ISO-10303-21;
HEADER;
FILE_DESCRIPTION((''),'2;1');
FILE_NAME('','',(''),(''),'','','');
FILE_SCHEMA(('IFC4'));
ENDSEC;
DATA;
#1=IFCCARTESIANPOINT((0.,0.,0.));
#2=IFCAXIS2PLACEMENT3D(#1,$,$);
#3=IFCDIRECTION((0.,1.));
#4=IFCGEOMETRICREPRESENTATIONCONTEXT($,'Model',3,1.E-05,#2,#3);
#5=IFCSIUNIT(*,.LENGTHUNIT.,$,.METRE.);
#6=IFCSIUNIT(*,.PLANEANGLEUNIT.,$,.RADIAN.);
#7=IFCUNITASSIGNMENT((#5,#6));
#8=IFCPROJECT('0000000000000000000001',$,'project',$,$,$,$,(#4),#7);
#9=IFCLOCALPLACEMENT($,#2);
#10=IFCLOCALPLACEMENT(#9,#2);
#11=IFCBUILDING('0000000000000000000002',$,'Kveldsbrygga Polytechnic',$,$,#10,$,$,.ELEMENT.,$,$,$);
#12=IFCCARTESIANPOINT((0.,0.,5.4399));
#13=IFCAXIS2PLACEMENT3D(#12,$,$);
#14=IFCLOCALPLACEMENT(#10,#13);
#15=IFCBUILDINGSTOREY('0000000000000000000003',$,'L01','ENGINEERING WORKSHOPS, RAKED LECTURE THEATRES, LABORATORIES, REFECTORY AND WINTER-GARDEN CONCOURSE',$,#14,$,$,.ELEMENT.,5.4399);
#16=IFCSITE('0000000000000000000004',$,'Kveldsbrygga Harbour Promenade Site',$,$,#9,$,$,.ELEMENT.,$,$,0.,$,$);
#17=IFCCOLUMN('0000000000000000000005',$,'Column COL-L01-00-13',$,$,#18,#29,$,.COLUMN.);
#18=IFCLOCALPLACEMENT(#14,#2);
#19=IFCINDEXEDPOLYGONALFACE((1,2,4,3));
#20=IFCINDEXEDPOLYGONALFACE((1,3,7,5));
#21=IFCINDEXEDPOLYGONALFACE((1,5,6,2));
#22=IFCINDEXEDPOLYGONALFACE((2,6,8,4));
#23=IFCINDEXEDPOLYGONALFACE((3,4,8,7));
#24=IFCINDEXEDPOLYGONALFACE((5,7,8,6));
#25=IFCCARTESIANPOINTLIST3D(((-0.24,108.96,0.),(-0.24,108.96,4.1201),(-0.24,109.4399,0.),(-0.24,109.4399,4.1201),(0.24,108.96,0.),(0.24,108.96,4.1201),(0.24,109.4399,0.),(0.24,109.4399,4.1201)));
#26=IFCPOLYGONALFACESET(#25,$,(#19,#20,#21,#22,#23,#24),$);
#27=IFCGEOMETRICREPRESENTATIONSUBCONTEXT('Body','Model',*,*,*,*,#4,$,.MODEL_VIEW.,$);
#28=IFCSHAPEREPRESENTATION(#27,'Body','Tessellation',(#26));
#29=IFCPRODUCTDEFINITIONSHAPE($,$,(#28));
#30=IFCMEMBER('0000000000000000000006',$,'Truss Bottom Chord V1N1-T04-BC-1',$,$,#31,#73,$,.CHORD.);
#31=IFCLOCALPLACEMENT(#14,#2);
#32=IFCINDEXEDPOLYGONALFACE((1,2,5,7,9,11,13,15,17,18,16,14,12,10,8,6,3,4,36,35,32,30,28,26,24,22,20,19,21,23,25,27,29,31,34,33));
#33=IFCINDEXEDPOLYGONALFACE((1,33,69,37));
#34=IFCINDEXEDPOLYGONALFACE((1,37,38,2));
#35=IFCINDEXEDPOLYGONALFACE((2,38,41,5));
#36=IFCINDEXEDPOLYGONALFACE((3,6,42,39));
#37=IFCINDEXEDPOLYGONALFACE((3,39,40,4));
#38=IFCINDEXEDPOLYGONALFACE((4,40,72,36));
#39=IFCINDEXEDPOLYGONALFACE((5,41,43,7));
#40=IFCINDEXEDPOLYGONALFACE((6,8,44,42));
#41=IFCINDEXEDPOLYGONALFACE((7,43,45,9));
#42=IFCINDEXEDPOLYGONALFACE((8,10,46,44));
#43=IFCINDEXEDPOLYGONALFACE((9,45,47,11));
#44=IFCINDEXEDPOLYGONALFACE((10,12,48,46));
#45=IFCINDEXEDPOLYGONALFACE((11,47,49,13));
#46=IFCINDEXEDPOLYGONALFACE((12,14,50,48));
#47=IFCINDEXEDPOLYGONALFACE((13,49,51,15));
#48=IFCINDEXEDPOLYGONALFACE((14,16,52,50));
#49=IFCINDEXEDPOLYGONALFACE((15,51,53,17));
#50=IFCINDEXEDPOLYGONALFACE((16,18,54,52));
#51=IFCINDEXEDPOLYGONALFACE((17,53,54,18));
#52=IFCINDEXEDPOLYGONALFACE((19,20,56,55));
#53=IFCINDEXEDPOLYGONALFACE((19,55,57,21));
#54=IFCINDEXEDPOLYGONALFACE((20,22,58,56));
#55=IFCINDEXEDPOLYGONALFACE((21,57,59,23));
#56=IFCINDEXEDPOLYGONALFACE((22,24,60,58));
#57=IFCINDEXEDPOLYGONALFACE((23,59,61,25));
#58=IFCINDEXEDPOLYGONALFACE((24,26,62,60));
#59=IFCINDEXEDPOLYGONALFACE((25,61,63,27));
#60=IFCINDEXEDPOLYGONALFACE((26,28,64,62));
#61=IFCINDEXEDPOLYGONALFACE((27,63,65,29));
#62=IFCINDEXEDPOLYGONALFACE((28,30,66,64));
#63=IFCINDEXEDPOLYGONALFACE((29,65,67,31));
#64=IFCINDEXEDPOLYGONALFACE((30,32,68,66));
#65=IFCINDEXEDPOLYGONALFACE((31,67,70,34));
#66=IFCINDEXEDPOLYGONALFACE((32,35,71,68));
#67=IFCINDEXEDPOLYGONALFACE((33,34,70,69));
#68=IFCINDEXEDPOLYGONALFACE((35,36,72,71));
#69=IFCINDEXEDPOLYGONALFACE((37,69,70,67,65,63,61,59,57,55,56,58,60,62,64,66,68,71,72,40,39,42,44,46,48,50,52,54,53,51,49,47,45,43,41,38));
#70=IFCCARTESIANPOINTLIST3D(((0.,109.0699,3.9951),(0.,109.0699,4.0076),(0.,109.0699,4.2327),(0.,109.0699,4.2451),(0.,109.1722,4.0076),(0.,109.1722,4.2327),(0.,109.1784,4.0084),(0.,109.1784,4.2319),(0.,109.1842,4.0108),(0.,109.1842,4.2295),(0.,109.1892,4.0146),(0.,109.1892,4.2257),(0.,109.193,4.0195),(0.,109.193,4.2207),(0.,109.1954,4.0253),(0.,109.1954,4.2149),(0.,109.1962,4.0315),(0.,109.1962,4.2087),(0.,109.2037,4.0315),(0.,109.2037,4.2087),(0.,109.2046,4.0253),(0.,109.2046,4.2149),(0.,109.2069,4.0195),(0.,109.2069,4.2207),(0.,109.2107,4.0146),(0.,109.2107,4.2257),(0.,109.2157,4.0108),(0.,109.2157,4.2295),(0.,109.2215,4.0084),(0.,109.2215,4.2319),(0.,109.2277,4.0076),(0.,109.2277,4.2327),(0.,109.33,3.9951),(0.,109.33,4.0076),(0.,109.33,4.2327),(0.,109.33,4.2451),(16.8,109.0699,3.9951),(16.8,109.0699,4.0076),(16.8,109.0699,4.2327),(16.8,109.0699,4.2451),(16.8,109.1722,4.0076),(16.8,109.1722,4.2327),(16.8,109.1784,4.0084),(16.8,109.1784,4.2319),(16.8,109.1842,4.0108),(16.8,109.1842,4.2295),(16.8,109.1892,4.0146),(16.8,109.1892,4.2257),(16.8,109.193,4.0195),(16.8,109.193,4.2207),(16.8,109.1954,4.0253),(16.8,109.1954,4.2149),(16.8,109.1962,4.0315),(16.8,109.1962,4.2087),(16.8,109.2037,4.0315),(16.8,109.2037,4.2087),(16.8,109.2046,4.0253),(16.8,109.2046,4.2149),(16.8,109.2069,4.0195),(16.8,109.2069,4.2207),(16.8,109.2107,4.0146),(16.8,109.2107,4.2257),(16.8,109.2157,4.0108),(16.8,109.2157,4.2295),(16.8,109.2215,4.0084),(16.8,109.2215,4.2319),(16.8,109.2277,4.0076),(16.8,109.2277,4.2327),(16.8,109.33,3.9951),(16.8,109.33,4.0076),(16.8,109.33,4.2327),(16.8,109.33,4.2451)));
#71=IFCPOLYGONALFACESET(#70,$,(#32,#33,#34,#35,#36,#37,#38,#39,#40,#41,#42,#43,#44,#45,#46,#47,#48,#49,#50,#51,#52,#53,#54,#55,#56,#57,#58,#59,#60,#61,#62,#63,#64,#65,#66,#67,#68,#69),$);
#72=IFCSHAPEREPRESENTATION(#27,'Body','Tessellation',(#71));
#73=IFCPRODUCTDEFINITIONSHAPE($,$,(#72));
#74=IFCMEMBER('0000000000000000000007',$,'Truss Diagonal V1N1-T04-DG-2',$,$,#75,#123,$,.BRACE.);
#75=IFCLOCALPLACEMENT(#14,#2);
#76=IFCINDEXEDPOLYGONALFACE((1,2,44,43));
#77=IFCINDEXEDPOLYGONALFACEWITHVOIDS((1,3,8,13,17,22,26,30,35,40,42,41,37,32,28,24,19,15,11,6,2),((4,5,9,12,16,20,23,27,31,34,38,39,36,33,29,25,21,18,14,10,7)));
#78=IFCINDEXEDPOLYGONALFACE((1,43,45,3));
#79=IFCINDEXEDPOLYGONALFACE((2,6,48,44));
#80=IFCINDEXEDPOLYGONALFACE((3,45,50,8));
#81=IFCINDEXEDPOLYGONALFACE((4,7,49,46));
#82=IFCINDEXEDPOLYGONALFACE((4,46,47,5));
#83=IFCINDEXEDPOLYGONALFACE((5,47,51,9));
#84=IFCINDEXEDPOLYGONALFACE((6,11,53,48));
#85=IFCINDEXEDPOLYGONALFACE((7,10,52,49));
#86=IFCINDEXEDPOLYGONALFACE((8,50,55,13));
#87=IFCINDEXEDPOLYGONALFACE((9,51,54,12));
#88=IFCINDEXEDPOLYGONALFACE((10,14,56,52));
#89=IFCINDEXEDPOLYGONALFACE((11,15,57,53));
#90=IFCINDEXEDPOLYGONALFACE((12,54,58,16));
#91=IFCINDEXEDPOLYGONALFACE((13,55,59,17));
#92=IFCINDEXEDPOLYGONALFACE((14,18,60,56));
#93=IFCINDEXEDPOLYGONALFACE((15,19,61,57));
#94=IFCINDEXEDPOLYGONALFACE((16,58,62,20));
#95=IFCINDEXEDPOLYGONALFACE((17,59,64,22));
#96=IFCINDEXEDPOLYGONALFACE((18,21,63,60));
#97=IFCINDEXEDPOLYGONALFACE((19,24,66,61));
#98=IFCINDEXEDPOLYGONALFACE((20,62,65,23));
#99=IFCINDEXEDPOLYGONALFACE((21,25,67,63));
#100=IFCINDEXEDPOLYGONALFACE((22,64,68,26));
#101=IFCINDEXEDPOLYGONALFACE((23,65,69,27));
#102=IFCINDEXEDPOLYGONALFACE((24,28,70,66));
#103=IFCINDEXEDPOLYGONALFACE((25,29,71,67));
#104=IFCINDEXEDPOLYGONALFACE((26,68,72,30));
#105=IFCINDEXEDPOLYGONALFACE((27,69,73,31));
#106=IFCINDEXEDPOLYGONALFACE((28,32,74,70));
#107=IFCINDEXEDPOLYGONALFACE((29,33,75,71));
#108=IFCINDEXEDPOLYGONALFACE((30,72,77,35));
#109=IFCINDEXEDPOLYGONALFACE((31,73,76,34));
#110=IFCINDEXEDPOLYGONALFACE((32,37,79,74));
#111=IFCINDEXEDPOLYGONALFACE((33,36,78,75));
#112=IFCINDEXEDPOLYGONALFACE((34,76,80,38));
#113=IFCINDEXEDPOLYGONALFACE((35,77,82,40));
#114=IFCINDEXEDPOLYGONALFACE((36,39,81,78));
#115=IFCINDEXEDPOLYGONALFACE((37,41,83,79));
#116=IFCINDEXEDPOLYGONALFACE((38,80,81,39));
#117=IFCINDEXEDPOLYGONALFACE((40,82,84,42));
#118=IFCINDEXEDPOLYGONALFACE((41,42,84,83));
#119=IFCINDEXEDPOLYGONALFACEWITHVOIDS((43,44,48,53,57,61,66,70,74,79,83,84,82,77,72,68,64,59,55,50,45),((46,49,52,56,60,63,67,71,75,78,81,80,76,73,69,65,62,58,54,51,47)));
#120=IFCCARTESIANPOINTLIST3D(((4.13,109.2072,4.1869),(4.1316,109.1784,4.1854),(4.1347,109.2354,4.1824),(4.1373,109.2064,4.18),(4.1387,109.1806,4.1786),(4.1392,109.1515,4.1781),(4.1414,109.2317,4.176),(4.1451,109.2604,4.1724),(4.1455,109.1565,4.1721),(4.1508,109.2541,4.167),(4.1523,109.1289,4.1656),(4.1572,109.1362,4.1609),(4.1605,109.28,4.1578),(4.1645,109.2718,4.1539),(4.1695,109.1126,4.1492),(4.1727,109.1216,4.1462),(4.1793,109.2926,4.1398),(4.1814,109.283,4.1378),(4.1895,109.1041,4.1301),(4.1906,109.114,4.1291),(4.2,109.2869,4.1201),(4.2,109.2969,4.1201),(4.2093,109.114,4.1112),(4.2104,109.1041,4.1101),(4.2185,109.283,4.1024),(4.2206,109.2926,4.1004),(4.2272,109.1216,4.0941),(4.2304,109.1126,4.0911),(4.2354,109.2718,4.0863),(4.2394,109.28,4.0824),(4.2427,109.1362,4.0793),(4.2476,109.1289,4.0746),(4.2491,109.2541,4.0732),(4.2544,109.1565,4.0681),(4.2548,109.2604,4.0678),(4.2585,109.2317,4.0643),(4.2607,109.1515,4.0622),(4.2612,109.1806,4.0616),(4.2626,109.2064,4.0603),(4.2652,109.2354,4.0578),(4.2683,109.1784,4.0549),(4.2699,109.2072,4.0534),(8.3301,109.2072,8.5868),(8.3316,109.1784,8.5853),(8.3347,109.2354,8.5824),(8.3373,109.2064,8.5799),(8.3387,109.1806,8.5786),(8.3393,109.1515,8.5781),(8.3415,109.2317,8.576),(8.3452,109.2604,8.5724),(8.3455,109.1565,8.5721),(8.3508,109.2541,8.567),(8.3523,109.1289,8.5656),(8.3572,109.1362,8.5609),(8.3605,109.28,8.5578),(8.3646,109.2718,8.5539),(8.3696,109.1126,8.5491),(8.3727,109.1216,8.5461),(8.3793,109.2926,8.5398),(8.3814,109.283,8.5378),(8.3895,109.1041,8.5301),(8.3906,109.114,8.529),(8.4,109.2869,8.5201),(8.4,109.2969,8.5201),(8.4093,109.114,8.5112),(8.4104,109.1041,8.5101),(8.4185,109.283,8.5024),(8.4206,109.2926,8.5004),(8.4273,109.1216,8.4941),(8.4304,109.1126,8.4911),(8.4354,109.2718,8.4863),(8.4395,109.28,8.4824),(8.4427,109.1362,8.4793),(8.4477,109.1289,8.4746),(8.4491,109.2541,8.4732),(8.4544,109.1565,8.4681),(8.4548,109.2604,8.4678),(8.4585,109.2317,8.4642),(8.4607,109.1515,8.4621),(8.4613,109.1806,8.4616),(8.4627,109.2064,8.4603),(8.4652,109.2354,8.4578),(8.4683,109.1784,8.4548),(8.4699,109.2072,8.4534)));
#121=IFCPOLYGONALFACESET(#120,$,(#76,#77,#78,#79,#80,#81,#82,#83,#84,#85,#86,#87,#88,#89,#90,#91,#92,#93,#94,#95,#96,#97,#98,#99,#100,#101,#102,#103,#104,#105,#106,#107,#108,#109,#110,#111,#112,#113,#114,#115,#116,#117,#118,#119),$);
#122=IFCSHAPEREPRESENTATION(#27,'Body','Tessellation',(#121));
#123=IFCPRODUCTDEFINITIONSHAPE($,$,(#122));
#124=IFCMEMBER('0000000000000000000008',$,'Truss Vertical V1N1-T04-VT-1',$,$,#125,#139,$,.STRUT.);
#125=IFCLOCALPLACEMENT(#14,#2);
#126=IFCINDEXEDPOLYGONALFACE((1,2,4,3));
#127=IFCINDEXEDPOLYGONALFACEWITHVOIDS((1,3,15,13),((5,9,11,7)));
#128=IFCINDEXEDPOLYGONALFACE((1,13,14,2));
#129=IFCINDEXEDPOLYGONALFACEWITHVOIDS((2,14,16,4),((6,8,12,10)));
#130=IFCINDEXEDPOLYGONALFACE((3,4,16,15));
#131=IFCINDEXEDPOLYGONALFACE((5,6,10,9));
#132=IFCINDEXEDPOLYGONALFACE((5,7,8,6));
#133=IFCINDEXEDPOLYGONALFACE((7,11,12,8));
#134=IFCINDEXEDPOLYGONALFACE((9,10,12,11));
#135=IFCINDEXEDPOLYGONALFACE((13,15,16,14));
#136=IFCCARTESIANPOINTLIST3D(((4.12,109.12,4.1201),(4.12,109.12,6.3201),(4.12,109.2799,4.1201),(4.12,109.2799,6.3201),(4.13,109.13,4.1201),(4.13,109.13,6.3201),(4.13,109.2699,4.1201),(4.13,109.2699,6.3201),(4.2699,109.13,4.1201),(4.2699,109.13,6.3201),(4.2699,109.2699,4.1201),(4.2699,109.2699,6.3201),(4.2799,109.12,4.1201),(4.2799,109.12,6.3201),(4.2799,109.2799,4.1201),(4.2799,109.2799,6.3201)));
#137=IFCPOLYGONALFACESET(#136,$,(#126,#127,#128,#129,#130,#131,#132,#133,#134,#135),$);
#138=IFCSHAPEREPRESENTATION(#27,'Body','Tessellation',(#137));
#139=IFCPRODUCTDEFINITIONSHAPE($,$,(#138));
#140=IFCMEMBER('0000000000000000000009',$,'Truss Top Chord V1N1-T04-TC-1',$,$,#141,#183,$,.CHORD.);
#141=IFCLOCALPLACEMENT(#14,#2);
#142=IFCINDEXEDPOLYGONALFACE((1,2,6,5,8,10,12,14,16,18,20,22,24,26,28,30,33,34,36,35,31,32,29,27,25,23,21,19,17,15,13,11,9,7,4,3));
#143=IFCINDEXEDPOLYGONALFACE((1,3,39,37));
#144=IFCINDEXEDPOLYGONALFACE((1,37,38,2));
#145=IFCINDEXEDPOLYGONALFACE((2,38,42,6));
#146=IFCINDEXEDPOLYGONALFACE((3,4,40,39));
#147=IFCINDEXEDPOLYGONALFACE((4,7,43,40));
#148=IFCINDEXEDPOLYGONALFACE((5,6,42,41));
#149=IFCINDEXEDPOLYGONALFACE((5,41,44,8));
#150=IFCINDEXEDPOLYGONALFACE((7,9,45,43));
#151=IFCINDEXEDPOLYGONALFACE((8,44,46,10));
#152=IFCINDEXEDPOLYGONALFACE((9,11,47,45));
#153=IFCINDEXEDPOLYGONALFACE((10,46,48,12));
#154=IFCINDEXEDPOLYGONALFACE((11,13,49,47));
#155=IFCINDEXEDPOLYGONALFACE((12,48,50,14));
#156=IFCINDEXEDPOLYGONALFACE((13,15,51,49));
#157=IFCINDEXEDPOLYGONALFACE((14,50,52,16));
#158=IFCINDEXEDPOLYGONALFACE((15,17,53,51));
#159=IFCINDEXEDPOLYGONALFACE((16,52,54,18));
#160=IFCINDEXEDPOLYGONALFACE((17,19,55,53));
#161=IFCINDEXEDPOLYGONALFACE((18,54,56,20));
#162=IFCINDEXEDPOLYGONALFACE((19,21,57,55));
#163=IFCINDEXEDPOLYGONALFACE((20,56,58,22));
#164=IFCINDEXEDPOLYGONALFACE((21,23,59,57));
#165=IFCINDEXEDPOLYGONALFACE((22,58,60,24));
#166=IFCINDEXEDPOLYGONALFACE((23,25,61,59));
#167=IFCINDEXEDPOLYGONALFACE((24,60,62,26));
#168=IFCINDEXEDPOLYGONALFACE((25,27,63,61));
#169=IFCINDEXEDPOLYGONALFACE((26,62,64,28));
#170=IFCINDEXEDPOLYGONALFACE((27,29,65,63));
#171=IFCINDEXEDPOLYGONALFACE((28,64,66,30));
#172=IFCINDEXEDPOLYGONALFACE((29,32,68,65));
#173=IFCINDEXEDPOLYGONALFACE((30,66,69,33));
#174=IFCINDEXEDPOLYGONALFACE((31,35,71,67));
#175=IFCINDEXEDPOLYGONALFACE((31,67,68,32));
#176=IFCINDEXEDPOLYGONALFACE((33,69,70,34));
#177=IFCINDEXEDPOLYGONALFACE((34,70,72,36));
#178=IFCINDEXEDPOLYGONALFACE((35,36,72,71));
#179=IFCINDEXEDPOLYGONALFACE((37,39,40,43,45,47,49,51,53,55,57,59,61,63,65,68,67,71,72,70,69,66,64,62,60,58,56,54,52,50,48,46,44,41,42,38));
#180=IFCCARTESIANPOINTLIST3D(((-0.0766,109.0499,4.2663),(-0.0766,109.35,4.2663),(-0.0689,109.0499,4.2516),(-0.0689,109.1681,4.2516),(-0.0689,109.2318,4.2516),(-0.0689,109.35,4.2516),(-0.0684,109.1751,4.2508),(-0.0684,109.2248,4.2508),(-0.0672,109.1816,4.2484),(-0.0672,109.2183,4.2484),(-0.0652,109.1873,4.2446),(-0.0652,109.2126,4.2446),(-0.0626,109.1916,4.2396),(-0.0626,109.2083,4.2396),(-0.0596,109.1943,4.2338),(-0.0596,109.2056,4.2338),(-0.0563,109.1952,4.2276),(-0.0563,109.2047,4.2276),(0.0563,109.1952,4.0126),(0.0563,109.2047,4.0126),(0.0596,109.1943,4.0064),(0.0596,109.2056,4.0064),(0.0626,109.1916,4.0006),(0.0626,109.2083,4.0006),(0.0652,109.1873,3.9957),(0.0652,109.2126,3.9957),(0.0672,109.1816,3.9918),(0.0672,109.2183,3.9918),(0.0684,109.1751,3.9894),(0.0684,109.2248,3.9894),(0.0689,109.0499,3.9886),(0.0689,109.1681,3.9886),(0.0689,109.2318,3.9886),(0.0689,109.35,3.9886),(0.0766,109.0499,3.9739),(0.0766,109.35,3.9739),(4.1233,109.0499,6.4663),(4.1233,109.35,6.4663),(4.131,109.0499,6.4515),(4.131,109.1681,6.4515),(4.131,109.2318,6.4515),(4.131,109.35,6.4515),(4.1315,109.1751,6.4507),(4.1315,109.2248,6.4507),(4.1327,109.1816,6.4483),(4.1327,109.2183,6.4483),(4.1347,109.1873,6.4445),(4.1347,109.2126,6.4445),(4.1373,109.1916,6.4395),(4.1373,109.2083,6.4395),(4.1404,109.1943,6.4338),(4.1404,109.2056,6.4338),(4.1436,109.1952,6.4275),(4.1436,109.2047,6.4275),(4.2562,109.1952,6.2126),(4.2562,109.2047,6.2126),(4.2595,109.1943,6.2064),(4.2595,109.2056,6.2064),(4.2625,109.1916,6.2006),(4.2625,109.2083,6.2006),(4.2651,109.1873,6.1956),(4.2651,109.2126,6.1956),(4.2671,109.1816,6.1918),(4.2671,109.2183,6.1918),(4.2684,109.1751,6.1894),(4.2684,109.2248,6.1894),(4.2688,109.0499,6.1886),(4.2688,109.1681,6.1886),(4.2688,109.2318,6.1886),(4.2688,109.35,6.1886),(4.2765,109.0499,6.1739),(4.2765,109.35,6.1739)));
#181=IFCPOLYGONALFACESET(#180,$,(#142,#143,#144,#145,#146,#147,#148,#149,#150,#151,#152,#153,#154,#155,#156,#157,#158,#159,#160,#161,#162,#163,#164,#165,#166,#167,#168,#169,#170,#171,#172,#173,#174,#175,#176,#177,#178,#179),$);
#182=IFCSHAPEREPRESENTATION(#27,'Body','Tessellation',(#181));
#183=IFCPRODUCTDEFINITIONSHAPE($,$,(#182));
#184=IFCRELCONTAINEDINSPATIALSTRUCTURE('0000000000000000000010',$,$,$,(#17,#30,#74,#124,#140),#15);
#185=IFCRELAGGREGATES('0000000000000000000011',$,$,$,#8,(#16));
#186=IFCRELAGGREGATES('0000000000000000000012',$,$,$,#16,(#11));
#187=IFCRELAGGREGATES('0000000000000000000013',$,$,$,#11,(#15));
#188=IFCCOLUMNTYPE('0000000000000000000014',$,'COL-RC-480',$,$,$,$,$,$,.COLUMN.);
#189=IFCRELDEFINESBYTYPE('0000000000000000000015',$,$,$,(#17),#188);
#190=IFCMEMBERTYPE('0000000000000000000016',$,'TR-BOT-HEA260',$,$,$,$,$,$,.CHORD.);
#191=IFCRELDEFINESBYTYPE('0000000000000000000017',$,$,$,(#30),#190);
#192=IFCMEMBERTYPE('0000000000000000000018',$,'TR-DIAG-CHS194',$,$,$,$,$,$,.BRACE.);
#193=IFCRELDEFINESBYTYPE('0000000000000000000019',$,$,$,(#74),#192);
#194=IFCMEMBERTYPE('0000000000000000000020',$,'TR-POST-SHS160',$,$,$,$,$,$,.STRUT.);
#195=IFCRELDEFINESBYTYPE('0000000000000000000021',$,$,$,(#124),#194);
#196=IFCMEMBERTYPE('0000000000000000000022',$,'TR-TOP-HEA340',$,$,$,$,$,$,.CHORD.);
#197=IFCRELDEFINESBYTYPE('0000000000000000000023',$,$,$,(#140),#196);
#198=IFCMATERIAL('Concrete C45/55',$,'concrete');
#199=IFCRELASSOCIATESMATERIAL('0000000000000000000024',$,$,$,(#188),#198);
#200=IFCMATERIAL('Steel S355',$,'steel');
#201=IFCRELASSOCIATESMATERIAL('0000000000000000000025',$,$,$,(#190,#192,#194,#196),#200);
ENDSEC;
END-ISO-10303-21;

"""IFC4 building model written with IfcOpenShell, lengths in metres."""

from ifc_helpers import new_model, si_unit, direction, frame, origin, origin_2d, place, context, subcontext, project, spatial, rectangle, hollow_rectangle, hollow_circle, i_section, extrude, material, material_profile, profile_set, type_object, element, save


model = new_model("IFC4")

# Units and contexts
model_context = context("Model", 3, precision=1e-05, world=origin(), true_north=direction((0.0, 1.0)))
body_context = subcontext(model_context, "Body", "Model", "MODEL_VIEW")
ifc_project = project(units=[si_unit("LENGTHUNIT", "METRE"), si_unit("PLANEANGLEUNIT", "RADIAN")], contexts=[model_context])

# Site, building, storey
site_placement = place(None, origin())
site = spatial("IfcSite", under=ifc_project, at=site_placement, Name="Kveldsbrygga Harbour Promenade Site", CompositionType="ELEMENT", RefElevation=0.0)
building_placement = place(site_placement, origin())
building = spatial("IfcBuilding", under=site, at=building_placement, Name="Kveldsbrygga Polytechnic", CompositionType="ELEMENT")
storey_placement = place(building_placement, frame((0.0, 0.0, 5.4399)))
storey = spatial("IfcBuildingStorey", under=building, at=storey_placement, Name="L01", Description="ENGINEERING WORKSHOPS, RAKED LECTURE THEATRES, LABORATORIES, REFECTORY AND WINTER-GARDEN CONCOURSE", CompositionType="ELEMENT", Elevation=5.4399)

# Column
ifc_material_1 = material(Name="Concrete C45/55", Category="concrete")
ifc_material_profile_1 = material_profile(ifc_material_1, rectangle(XDim=0.48, YDim=0.48, at=origin_2d()), Name="RC 480x480")
ifc_profile_set_1 = profile_set([ifc_material_profile_1], Name="Concrete C45/55")
column_type = type_object("IfcColumnType", Name="COL-RC-480", PredefinedType="COLUMN", material=ifc_profile_set_1)
column_placement = place(storey_placement, frame((0.0, 109.2, 0.0), z_axis=(0.0, 0.0, 1.0), x_axis=(1.0, 0.0, 0.0)))
element("IfcColumn", 1, at=column_placement, inside=storey, type_object=column_type, Name="Column COL-L01-00-13", PredefinedType="COLUMN", context=body_context, shape_type="SweptSolid", body=[
    extrude(rectangle(XDim=0.48, YDim=0.48, at=origin_2d()), origin(), (0.0, 0.0, 1.0), 4.1201),
])

# Members
ifc_material_2 = material(Name="Steel S355", Category="steel")
ifc_material_profile_2 = material_profile(ifc_material_2, i_section(OverallWidth=0.26, OverallDepth=0.25, WebThickness=0.0076, FlangeThickness=0.0125, FilletRadius=0.0239, at=origin_2d()), Name="HEA 260")
ifc_profile_set_2 = profile_set([ifc_material_profile_2], Name="Steel S355")
member_type_1 = type_object("IfcMemberType", Name="TR-BOT-HEA260", PredefinedType="CHORD", material=ifc_profile_set_2)
member_1_placement = place(storey_placement, frame((0.0, 109.2, 4.1201), z_axis=(1.0, 0.0, 0.0), x_axis=(0.0, 1.0, 0.0)))
element("IfcMember", 2, at=member_1_placement, inside=storey, type_object=member_type_1, Name="Truss Bottom Chord V1N1-T04-BC-1", PredefinedType="CHORD", context=body_context, shape_type="SweptSolid", body=[
    extrude(i_section(OverallWidth=0.26, OverallDepth=0.25, WebThickness=0.0076, FlangeThickness=0.0125, FilletRadius=0.0239, at=origin_2d()), origin(), (0.0, 0.0, 1.0), 16.8),
])
ifc_material_profile_3 = material_profile(ifc_material_2, hollow_circle(Radius=0.0969, WallThickness=0.01, at=origin_2d()), Name="CHS 193.7x10.0")
ifc_profile_set_3 = profile_set([ifc_material_profile_3], Name="Steel S355")
member_type_2 = type_object("IfcMemberType", Name="TR-DIAG-CHS194", PredefinedType="BRACE", material=ifc_profile_set_3)
member_2_placement = place(storey_placement, frame((4.2, 109.2, 4.1201), z_axis=(0.69048, 0.0, 0.723352), x_axis=(0.0, 1.0, 0.0)))
element("IfcMember", 3, at=member_2_placement, inside=storey, type_object=member_type_2, Name="Truss Diagonal V1N1-T04-DG-2", PredefinedType="BRACE", context=body_context, shape_type="SweptSolid", body=[
    extrude(hollow_circle(Radius=0.0969, WallThickness=0.01, at=origin_2d()), origin(), (0.0, 0.0, 1.0), 6.0828),
])
ifc_material_profile_4 = material_profile(ifc_material_2, hollow_rectangle(XDim=0.1599, YDim=0.1599, WallThickness=0.01, at=origin_2d()), Name="SHS 160x160x10.0")
ifc_profile_set_4 = profile_set([ifc_material_profile_4], Name="Steel S355")
member_type_3 = type_object("IfcMemberType", Name="TR-POST-SHS160", PredefinedType="STRUT", material=ifc_profile_set_4)
member_3_placement = place(storey_placement, frame((4.2, 109.2, 4.1201), z_axis=(0.0, 0.0, 1.0), x_axis=(1.0, 0.0, 0.0)))
element("IfcMember", 4, at=member_3_placement, inside=storey, type_object=member_type_3, Name="Truss Vertical V1N1-T04-VT-1", PredefinedType="STRUT", context=body_context, shape_type="SweptSolid", body=[
    extrude(hollow_rectangle(XDim=0.1599, YDim=0.1599, WallThickness=0.01, at=origin_2d()), origin(), (0.0, 0.0, 1.0), 2.2),
])
ifc_material_profile_5 = material_profile(ifc_material_2, i_section(OverallWidth=0.3, OverallDepth=0.3301, WebThickness=0.0095, FlangeThickness=0.0166, FilletRadius=0.0271, at=origin_2d()), Name="HEA 340")
ifc_profile_set_5 = profile_set([ifc_material_profile_5], Name="Steel S355")
member_type_4 = type_object("IfcMemberType", Name="TR-TOP-HEA340", PredefinedType="CHORD", material=ifc_profile_set_5)
for number, where, z_axis, x_axis, name in (
    (5, (0.0, 109.2, 4.1201), (0.885834, 0.0, 0.464003), (0.0, 1.0, 0.0), "Truss Top Chord V1N1-T04-TC-1"),
):
    element("IfcMember", number, at=place(storey_placement, frame(where, z_axis=z_axis, x_axis=x_axis)), inside=storey, type_object=member_type_4, Name=name, PredefinedType="CHORD", context=body_context, shape_type="SweptSolid", body=[
        extrude(i_section(OverallWidth=0.3, OverallDepth=0.3301, WebThickness=0.0095, FlangeThickness=0.0166, FilletRadius=0.0271, at=origin_2d()), origin(), (0.0, 0.0, 1.0), 4.7412),
    ])

save(model, "model.ifc")
